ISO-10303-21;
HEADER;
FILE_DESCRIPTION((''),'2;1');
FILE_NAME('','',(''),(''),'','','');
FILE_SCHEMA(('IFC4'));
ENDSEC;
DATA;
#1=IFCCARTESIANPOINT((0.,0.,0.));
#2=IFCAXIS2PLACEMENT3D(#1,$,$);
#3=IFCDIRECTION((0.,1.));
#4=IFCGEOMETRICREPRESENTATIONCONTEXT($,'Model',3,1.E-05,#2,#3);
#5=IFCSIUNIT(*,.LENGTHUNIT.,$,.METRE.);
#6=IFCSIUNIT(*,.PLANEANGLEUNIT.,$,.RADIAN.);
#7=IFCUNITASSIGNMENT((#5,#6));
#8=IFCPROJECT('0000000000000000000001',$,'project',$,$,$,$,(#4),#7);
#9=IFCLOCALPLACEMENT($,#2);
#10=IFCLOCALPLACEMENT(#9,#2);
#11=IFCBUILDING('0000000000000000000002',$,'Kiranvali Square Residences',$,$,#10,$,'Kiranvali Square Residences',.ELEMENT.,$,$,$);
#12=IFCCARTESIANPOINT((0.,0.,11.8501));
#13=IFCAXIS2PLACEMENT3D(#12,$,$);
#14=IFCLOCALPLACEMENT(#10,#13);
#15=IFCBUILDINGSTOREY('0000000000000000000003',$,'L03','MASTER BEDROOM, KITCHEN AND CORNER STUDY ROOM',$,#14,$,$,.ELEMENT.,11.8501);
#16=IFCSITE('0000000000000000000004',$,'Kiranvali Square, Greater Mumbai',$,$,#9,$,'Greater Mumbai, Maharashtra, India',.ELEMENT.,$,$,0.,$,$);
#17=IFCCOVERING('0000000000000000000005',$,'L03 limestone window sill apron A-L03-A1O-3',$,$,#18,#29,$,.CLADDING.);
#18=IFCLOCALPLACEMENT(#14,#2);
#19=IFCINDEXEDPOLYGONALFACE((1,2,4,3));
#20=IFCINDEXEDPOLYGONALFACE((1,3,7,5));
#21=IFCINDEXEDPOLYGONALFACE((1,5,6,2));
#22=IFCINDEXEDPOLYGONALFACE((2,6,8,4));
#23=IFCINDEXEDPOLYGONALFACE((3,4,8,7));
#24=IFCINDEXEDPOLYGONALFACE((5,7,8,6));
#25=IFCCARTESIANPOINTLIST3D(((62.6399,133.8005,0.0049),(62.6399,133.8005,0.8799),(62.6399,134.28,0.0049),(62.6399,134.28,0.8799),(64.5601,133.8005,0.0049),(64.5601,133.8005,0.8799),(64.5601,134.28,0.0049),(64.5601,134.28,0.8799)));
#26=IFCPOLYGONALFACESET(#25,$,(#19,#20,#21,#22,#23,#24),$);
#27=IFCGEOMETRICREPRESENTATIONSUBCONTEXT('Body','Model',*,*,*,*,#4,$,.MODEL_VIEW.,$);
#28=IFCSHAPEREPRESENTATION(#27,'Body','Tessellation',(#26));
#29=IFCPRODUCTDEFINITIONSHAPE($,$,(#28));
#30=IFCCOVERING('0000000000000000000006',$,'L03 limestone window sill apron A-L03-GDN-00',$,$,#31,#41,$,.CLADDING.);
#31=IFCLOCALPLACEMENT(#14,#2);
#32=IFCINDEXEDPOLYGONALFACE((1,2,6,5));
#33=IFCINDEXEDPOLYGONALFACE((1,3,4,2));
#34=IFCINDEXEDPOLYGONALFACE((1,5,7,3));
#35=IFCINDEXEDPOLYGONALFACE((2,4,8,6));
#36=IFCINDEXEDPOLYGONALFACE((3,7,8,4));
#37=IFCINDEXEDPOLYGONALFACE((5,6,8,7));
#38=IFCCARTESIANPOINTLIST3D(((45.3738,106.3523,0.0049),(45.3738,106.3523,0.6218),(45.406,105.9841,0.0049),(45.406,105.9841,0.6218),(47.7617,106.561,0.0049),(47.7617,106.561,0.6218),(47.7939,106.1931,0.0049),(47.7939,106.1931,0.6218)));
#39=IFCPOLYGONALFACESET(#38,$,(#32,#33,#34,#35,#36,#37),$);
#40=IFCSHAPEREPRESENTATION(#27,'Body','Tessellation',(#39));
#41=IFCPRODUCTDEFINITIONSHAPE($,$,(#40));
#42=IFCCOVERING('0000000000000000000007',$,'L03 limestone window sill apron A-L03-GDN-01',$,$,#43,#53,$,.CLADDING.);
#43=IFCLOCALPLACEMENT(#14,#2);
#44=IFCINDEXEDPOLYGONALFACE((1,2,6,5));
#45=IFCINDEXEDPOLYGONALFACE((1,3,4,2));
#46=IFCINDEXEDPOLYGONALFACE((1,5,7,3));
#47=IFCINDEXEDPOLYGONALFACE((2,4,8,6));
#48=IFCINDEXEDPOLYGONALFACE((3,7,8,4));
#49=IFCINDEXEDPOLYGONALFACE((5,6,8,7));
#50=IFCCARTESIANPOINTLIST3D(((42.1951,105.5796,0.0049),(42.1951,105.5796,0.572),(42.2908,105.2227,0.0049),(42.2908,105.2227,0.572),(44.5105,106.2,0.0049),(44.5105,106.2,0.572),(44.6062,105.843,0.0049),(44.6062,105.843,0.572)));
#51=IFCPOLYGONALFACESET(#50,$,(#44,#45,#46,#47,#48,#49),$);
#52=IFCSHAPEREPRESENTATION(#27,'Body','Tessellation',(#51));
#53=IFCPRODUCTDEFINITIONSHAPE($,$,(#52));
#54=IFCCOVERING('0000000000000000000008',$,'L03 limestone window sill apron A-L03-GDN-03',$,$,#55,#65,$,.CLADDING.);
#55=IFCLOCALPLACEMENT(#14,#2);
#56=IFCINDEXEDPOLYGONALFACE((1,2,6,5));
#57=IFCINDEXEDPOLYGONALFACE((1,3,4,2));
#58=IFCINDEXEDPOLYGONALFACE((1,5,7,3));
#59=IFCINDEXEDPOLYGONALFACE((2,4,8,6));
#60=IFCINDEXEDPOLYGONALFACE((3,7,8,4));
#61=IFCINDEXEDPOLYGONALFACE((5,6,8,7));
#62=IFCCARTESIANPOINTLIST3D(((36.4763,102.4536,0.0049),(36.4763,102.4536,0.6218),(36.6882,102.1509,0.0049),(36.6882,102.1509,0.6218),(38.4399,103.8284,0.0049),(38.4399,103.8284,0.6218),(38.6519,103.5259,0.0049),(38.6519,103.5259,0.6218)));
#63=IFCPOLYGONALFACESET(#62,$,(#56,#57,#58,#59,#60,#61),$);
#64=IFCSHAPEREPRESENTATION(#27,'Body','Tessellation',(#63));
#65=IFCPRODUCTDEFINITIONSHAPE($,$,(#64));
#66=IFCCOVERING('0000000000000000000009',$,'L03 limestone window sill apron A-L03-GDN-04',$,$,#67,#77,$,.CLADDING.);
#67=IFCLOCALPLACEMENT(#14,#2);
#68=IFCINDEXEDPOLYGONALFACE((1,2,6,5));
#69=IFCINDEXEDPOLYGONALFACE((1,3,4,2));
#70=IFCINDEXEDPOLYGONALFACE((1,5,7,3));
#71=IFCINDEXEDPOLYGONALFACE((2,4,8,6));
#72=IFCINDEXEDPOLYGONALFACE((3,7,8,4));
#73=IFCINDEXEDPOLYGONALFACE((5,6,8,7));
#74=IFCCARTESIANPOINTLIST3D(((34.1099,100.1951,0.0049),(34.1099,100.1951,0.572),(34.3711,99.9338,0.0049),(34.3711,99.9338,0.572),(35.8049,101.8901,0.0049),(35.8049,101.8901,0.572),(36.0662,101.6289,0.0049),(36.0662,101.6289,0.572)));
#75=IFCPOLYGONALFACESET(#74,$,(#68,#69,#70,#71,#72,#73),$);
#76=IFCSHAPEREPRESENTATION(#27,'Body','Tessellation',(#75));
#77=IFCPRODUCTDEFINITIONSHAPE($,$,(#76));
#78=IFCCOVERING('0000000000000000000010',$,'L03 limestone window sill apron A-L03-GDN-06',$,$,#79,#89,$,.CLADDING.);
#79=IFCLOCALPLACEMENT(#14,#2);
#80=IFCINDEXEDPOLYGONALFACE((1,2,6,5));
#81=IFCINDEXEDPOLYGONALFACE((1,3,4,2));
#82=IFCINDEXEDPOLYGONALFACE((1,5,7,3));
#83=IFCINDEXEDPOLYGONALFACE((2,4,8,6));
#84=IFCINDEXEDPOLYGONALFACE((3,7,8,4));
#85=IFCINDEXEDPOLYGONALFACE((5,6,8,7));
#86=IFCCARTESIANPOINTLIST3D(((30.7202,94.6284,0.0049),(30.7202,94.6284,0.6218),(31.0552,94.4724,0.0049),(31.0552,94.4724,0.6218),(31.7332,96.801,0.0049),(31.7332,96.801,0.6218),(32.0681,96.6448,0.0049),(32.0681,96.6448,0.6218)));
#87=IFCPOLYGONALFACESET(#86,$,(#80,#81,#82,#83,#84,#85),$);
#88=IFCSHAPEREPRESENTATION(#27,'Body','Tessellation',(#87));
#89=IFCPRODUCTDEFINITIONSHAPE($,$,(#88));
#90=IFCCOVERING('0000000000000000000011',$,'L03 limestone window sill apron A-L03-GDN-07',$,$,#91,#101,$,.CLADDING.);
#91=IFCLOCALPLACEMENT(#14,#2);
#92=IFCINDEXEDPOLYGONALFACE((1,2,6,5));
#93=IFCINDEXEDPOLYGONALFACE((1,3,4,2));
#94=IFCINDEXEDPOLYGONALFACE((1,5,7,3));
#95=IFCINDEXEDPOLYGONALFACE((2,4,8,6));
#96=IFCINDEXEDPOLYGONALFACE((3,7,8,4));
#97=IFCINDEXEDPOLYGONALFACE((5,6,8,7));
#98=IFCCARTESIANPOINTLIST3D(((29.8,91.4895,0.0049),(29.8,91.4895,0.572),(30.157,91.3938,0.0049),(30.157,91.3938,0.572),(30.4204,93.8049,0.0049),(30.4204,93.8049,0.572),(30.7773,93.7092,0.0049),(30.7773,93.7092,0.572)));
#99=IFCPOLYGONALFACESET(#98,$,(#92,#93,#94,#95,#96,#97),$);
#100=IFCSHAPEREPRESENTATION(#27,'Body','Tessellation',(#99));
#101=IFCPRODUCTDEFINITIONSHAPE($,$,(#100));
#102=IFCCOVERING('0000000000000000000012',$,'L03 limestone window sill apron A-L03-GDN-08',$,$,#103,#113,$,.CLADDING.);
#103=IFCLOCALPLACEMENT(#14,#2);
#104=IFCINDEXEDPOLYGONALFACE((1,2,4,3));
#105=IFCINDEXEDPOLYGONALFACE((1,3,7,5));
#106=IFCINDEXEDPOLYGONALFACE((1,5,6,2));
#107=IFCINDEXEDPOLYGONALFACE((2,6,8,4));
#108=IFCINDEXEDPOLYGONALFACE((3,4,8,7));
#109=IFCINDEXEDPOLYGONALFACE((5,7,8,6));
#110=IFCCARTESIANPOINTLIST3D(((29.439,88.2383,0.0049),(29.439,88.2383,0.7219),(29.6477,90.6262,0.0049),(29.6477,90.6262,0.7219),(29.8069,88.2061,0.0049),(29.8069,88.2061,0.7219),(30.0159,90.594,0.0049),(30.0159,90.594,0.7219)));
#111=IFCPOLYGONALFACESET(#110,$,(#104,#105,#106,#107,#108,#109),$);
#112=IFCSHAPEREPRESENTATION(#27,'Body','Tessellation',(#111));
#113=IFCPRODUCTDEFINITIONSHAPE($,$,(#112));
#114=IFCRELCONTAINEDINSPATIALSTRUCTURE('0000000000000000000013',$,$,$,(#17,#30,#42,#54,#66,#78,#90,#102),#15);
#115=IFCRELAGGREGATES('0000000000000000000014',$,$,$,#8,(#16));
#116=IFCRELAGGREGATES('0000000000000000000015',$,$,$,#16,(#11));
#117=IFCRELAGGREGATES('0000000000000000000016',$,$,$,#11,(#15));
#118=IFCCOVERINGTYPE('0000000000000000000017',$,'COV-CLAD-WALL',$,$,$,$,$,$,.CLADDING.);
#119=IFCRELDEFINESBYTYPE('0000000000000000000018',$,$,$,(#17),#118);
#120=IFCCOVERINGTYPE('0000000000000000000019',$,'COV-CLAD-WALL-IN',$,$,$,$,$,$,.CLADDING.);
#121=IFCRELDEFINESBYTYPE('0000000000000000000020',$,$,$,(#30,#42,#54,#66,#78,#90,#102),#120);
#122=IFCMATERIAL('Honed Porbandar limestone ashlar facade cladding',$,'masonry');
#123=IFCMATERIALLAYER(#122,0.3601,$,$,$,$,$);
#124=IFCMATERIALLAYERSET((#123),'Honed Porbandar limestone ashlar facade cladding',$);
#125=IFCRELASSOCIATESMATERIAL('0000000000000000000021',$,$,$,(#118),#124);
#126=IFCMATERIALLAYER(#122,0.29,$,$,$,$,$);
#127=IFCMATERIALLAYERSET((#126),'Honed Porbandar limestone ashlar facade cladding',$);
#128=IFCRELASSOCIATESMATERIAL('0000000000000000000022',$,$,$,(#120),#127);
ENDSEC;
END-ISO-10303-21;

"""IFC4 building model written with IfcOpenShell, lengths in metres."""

from ifc_helpers import new_model, si_unit, direction, frame, origin, place, context, subcontext, project, spatial, polyline, outline, extrude, material, layer, layer_set, type_object, element, save


model = new_model("IFC4")

# Units and contexts
model_context = context("Model", 3, precision=1e-05, world=origin(), true_north=direction((0.0, 1.0)))
body_context = subcontext(model_context, "Body", "Model", "MODEL_VIEW")
ifc_project = project(units=[si_unit("LENGTHUNIT", "METRE"), si_unit("PLANEANGLEUNIT", "RADIAN")], contexts=[model_context])

# Site, building, storey
site_placement = place(None, origin())
site = spatial("IfcSite", under=ifc_project, at=site_placement, Name="Kiranvali Square, Greater Mumbai", LongName="Greater Mumbai, Maharashtra, India", CompositionType="ELEMENT", RefElevation=0.0)
building_placement = place(site_placement, origin())
building = spatial("IfcBuilding", under=site, at=building_placement, Name="Kiranvali Square Residences", LongName="Kiranvali Square Residences", CompositionType="ELEMENT")
storey_placement = place(building_placement, frame((0.0, 0.0, 11.8501)))
storey = spatial("IfcBuildingStorey", under=building, at=storey_placement, Name="L03", Description="MASTER BEDROOM, KITCHEN AND CORNER STUDY ROOM", CompositionType="ELEMENT", Elevation=11.8501)

# Coverings
ifc_material = material(Name="Honed Porbandar limestone ashlar facade cladding", Category="masonry")
ifc_layer_1 = layer(ifc_material, 0.3601)
ifc_layer_set_1 = layer_set([ifc_layer_1], Name="Honed Porbandar limestone ashlar facade cladding")
covering_type_1 = type_object("IfcCoveringType", Name="COV-CLAD-WALL", PredefinedType="CLADDING", material=ifc_layer_set_1)
covering_1_placement = place(storey_placement, frame((0.0, 0.0, 0.0049)))
element("IfcCovering", 1, at=covering_1_placement, inside=storey, type_object=covering_type_1, Name="L03 limestone window sill apron A-L03-A1O-3", PredefinedType="CLADDING", context=body_context, shape_type="SweptSolid", body=[
    extrude(outline(polyline([(62.6399, 133.8005), (64.5601, 133.8005), (64.5601, 134.28), (62.6399, 134.28), (62.6399, 133.8005)])), origin(), (0.0, 0.0, 1.0), 0.875),
])
ifc_layer_2 = layer(ifc_material, 0.29)
ifc_layer_set_2 = layer_set([ifc_layer_2], Name="Honed Porbandar limestone ashlar facade cladding")
covering_type_2 = type_object("IfcCoveringType", Name="COV-CLAD-WALL-IN", PredefinedType="CLADDING", material=ifc_layer_set_2)
covering_2_placement = place(storey_placement, frame((0.0, 0.0, 0.0049)))
element("IfcCovering", 2, at=covering_2_placement, inside=storey, type_object=covering_type_2, Name="L03 limestone window sill apron A-L03-GDN-00", PredefinedType="CLADDING", context=body_context, shape_type="SweptSolid", body=[
    extrude(outline(polyline([(47.7617, 106.561), (45.3738, 106.3523), (45.406, 105.9841), (47.7939, 106.1931), (47.7617, 106.561)])), origin(), (0.0, 0.0, 1.0), 0.6169),
])
covering_3_placement = place(storey_placement, frame((0.0, 0.0, 0.0049)))
element("IfcCovering", 3, at=covering_3_placement, inside=storey, type_object=covering_type_2, Name="L03 limestone window sill apron A-L03-GDN-01", PredefinedType="CLADDING", context=body_context, shape_type="SweptSolid", body=[
    extrude(outline(polyline([(44.5105, 106.2), (42.1951, 105.5796), (42.2908, 105.2227), (44.6062, 105.843), (44.5105, 106.2)])), origin(), (0.0, 0.0, 1.0), 0.5671),
])
covering_4_placement = place(storey_placement, frame((0.0, 0.0, 0.0049)))
element("IfcCovering", 4, at=covering_4_placement, inside=storey, type_object=covering_type_2, Name="L03 limestone window sill apron A-L03-GDN-03", PredefinedType="CLADDING", context=body_context, shape_type="SweptSolid", body=[
    extrude(outline(polyline([(38.4399, 103.8284), (36.4763, 102.4536), (36.6882, 102.1509), (38.6519, 103.5259), (38.4399, 103.8284)])), origin(), (0.0, 0.0, 1.0), 0.6169),
])
covering_5_placement = place(storey_placement, frame((0.0, 0.0, 0.0049)))
element("IfcCovering", 5, at=covering_5_placement, inside=storey, type_object=covering_type_2, Name="L03 limestone window sill apron A-L03-GDN-04", PredefinedType="CLADDING", context=body_context, shape_type="SweptSolid", body=[
    extrude(outline(polyline([(35.8049, 101.8901), (34.1099, 100.1951), (34.3711, 99.9338), (36.0662, 101.6289), (35.8049, 101.8901)])), origin(), (0.0, 0.0, 1.0), 0.5671),
])
covering_6_placement = place(storey_placement, frame((0.0, 0.0, 0.0049)))
element("IfcCovering", 6, at=covering_6_placement, inside=storey, type_object=covering_type_2, Name="L03 limestone window sill apron A-L03-GDN-06", PredefinedType="CLADDING", context=body_context, shape_type="SweptSolid", body=[
    extrude(outline(polyline([(31.7332, 96.801), (30.7202, 94.6284), (31.0552, 94.4724), (32.0681, 96.6448), (31.7332, 96.801)])), origin(), (0.0, 0.0, 1.0), 0.6169),
])
covering_7_placement = place(storey_placement, frame((0.0, 0.0, 0.0049)))
element("IfcCovering", 7, at=covering_7_placement, inside=storey, type_object=covering_type_2, Name="L03 limestone window sill apron A-L03-GDN-07", PredefinedType="CLADDING", context=body_context, shape_type="SweptSolid", body=[
    extrude(outline(polyline([(30.4204, 93.8049), (29.8, 91.4895), (30.157, 91.3938), (30.7773, 93.7092), (30.4204, 93.8049)])), origin(), (0.0, 0.0, 1.0), 0.5671),
])
covering_8_placement = place(storey_placement, frame((0.0, 0.0, 0.0049)))
element("IfcCovering", 8, at=covering_8_placement, inside=storey, type_object=covering_type_2, Name="L03 limestone window sill apron A-L03-GDN-08", PredefinedType="CLADDING", context=body_context, shape_type="SweptSolid", body=[
    extrude(outline(polyline([(29.6477, 90.6262), (29.439, 88.2383), (29.8069, 88.2061), (30.0159, 90.594), (29.6477, 90.6262)])), origin(), (0.0, 0.0, 1.0), 0.717),
])

save(model, "model.ifc")
